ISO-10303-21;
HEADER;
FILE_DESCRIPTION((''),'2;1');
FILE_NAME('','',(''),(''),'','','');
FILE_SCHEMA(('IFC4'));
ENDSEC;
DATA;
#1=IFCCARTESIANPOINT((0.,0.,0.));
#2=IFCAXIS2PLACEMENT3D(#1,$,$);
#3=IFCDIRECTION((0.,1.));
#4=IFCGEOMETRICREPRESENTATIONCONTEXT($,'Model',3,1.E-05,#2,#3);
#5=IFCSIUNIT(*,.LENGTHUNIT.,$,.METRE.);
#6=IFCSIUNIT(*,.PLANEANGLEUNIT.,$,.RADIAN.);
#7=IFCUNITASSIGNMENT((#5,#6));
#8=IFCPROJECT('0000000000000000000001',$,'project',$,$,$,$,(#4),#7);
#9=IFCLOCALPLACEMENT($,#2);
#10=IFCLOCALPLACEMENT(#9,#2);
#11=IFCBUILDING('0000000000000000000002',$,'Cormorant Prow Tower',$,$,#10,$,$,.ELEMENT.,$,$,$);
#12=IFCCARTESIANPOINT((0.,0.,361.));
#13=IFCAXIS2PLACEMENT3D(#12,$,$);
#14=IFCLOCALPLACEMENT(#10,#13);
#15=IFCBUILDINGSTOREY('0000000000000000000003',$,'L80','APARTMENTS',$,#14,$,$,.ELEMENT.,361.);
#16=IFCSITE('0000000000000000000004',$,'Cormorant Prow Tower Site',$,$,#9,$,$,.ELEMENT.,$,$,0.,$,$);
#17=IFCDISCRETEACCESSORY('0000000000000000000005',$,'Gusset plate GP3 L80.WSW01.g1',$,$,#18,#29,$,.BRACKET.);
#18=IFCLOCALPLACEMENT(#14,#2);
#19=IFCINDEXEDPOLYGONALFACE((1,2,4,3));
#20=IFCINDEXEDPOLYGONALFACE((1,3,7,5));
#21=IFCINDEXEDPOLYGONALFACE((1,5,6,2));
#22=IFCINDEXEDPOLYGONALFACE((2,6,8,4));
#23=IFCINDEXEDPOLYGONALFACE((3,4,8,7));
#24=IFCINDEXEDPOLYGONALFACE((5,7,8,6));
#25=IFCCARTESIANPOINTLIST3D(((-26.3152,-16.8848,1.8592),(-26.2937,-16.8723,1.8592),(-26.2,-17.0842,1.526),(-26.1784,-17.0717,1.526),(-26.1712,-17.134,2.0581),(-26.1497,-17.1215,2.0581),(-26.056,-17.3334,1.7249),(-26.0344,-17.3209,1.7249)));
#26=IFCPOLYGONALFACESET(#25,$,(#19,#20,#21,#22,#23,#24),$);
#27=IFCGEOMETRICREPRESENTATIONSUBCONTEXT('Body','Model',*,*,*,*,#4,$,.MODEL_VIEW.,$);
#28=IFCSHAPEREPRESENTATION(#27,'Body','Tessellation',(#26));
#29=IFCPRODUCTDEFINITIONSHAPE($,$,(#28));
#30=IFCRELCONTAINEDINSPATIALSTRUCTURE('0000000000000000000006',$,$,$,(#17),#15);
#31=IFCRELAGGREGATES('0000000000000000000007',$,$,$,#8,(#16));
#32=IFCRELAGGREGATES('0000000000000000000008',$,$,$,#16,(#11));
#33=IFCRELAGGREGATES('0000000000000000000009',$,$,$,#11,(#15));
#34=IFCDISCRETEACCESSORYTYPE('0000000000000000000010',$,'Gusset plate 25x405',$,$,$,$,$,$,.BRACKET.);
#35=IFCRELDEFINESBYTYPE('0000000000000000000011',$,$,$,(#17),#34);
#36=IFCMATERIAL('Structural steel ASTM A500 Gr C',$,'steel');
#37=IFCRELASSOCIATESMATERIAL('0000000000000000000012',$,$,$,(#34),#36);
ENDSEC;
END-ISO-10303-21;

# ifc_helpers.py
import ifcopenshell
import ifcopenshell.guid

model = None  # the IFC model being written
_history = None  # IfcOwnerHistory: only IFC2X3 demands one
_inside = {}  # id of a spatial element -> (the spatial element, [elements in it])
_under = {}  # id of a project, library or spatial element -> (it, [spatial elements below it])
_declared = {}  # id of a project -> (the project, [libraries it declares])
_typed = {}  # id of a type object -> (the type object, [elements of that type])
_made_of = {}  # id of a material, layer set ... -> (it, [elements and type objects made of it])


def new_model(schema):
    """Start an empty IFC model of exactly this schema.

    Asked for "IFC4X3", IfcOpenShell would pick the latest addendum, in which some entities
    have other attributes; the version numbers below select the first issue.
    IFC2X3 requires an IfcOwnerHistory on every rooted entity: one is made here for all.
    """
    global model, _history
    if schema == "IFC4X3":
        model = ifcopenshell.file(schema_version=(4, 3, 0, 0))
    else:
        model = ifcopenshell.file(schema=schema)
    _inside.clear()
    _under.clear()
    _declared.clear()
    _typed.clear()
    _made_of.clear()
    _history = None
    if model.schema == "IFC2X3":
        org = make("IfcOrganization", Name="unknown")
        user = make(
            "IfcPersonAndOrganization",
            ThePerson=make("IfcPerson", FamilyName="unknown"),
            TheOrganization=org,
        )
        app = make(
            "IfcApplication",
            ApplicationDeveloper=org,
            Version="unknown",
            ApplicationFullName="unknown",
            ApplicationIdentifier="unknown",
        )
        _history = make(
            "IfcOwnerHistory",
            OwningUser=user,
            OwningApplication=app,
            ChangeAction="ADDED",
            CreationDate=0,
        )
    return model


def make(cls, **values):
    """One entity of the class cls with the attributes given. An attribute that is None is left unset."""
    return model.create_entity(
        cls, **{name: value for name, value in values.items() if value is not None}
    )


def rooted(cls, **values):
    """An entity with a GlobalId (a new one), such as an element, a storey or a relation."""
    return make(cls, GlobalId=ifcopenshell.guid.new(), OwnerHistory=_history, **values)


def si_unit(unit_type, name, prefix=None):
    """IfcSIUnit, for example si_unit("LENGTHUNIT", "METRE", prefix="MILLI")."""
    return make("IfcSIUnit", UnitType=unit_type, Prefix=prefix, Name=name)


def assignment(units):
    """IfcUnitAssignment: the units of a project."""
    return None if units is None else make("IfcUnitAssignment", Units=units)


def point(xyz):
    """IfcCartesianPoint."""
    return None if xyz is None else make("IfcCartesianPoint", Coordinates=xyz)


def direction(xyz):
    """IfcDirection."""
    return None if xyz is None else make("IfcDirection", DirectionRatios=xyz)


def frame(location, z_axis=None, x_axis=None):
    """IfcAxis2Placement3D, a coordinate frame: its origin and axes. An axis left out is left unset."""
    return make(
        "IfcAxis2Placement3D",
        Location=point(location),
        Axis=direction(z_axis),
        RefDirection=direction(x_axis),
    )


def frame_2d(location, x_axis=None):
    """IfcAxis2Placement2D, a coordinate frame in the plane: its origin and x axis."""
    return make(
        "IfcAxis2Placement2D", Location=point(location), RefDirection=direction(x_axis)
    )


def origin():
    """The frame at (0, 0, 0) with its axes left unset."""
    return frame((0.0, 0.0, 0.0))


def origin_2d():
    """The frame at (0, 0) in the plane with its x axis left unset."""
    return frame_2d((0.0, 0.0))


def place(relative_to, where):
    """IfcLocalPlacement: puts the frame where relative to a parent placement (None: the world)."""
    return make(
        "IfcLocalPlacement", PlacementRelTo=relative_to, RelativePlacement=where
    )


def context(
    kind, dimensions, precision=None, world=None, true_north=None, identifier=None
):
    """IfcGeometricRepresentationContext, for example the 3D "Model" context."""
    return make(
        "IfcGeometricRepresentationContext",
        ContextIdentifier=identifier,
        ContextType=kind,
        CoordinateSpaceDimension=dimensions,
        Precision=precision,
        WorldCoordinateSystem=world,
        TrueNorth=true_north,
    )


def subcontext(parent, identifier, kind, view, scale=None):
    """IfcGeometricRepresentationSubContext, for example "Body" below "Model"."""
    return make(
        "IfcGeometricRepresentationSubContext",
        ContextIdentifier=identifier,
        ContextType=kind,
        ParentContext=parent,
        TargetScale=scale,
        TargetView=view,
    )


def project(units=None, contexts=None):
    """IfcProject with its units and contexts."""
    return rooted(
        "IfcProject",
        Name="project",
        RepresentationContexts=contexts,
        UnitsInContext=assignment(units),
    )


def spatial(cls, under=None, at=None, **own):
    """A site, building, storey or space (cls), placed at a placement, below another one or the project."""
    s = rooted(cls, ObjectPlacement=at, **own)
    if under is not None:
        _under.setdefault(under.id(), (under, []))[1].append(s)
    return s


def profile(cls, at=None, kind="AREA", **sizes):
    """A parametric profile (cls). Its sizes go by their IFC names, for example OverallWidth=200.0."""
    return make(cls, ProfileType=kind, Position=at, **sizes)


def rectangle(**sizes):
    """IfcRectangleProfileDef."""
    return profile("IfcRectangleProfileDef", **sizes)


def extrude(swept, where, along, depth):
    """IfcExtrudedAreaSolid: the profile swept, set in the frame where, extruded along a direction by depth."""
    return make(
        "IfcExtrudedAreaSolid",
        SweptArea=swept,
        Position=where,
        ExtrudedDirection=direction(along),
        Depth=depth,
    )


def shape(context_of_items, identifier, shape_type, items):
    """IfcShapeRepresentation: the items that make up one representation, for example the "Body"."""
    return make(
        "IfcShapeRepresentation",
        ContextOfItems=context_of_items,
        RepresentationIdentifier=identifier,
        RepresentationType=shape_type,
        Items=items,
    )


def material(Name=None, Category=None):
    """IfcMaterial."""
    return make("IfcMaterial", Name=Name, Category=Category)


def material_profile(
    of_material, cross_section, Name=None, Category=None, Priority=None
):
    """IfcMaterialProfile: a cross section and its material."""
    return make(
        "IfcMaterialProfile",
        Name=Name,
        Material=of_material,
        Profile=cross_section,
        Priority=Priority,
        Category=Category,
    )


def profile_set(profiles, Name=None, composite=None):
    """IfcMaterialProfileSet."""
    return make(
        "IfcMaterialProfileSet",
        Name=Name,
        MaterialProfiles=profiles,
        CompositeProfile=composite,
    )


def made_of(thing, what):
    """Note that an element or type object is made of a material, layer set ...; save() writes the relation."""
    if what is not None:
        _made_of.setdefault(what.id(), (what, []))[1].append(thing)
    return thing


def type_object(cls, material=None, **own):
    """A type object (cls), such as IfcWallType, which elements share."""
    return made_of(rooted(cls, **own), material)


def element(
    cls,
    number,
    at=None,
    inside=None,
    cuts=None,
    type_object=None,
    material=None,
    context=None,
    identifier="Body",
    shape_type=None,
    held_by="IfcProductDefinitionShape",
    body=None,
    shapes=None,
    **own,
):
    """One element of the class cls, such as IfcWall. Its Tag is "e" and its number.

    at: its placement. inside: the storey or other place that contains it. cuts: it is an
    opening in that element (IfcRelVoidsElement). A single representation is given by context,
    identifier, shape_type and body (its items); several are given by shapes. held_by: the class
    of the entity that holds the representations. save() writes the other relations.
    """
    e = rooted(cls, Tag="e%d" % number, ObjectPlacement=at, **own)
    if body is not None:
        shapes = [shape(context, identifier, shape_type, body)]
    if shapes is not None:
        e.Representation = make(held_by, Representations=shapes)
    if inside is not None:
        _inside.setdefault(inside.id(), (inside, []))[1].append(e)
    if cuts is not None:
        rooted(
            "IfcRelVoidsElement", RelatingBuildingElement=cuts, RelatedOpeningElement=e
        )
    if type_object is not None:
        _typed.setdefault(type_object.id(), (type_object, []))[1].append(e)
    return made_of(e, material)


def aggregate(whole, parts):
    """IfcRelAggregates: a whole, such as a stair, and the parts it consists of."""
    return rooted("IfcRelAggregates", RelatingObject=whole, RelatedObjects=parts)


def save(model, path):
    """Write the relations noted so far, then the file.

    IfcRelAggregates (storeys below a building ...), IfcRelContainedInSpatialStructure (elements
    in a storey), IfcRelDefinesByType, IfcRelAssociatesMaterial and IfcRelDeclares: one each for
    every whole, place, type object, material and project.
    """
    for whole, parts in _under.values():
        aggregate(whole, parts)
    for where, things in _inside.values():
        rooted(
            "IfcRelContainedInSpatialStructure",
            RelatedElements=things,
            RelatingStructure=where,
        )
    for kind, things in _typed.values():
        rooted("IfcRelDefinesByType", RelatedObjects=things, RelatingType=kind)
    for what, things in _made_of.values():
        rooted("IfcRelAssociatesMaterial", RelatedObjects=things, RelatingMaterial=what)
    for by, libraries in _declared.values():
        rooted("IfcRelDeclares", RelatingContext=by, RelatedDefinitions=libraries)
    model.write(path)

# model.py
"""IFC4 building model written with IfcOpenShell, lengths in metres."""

from ifc_helpers import new_model, si_unit, direction, frame, origin, origin_2d, place, context, subcontext, project, spatial, rectangle, extrude, material, material_profile, profile_set, type_object, element, save


model = new_model("IFC4")

# Units and contexts
model_context = context("Model", 3, precision=1e-05, world=origin(), true_north=direction((0.0, 1.0)))
body_context = subcontext(model_context, "Body", "Model", "MODEL_VIEW")
ifc_project = project(units=[si_unit("LENGTHUNIT", "METRE"), si_unit("PLANEANGLEUNIT", "RADIAN")], contexts=[model_context])

# Site, building, storey
site_placement = place(None, origin())
site = spatial("IfcSite", under=ifc_project, at=site_placement, Name="Cormorant Prow Tower Site", CompositionType="ELEMENT", RefElevation=0.0)
building_placement = place(site_placement, origin())
building = spatial("IfcBuilding", under=site, at=building_placement, Name="Cormorant Prow Tower", CompositionType="ELEMENT")
storey_placement = place(building_placement, frame((0.0, 0.0, 361.0)))
storey = spatial("IfcBuildingStorey", under=building, at=storey_placement, Name="L80", Description="APARTMENTS", CompositionType="ELEMENT", Elevation=361.0)

# Discrete accessory
ifc_material_1 = material(Name="Structural steel ASTM A500 Gr C", Category="steel")
ifc_material_profile_1 = material_profile(ifc_material_1, rectangle(XDim=0.0249, YDim=0.405, at=origin_2d()), Name="Gusset plate 25x405")
ifc_profile_set_1 = profile_set([ifc_material_profile_1], Name="Structural steel ASTM A500 Gr C")
discrete_accessory_type = type_object("IfcDiscreteAccessoryType", Name="Gusset plate 25x405", PredefinedType="BRACKET", material=ifc_profile_set_1)
for number, where, z_axis, x_axis, name in (
    (1, (-26.2468, -16.9783, 1.6926), (0.411596, -0.71227, 0.56856), (0.865832, 0.500334, 0.0), "Gusset plate GP3 L80.WSW01.g1"),
):
    element("IfcDiscreteAccessory", number, at=place(storey_placement, frame(where, z_axis=z_axis, x_axis=x_axis)), inside=storey, type_object=discrete_accessory_type, Name=name, PredefinedType="BRACKET", context=body_context, shape_type="SweptSolid", body=[
        extrude(rectangle(XDim=0.0249, YDim=0.405, at=origin_2d()), origin(), (0.0, 0.0, 1.0), 0.3499),
    ])

save(model, "model.ifc")
